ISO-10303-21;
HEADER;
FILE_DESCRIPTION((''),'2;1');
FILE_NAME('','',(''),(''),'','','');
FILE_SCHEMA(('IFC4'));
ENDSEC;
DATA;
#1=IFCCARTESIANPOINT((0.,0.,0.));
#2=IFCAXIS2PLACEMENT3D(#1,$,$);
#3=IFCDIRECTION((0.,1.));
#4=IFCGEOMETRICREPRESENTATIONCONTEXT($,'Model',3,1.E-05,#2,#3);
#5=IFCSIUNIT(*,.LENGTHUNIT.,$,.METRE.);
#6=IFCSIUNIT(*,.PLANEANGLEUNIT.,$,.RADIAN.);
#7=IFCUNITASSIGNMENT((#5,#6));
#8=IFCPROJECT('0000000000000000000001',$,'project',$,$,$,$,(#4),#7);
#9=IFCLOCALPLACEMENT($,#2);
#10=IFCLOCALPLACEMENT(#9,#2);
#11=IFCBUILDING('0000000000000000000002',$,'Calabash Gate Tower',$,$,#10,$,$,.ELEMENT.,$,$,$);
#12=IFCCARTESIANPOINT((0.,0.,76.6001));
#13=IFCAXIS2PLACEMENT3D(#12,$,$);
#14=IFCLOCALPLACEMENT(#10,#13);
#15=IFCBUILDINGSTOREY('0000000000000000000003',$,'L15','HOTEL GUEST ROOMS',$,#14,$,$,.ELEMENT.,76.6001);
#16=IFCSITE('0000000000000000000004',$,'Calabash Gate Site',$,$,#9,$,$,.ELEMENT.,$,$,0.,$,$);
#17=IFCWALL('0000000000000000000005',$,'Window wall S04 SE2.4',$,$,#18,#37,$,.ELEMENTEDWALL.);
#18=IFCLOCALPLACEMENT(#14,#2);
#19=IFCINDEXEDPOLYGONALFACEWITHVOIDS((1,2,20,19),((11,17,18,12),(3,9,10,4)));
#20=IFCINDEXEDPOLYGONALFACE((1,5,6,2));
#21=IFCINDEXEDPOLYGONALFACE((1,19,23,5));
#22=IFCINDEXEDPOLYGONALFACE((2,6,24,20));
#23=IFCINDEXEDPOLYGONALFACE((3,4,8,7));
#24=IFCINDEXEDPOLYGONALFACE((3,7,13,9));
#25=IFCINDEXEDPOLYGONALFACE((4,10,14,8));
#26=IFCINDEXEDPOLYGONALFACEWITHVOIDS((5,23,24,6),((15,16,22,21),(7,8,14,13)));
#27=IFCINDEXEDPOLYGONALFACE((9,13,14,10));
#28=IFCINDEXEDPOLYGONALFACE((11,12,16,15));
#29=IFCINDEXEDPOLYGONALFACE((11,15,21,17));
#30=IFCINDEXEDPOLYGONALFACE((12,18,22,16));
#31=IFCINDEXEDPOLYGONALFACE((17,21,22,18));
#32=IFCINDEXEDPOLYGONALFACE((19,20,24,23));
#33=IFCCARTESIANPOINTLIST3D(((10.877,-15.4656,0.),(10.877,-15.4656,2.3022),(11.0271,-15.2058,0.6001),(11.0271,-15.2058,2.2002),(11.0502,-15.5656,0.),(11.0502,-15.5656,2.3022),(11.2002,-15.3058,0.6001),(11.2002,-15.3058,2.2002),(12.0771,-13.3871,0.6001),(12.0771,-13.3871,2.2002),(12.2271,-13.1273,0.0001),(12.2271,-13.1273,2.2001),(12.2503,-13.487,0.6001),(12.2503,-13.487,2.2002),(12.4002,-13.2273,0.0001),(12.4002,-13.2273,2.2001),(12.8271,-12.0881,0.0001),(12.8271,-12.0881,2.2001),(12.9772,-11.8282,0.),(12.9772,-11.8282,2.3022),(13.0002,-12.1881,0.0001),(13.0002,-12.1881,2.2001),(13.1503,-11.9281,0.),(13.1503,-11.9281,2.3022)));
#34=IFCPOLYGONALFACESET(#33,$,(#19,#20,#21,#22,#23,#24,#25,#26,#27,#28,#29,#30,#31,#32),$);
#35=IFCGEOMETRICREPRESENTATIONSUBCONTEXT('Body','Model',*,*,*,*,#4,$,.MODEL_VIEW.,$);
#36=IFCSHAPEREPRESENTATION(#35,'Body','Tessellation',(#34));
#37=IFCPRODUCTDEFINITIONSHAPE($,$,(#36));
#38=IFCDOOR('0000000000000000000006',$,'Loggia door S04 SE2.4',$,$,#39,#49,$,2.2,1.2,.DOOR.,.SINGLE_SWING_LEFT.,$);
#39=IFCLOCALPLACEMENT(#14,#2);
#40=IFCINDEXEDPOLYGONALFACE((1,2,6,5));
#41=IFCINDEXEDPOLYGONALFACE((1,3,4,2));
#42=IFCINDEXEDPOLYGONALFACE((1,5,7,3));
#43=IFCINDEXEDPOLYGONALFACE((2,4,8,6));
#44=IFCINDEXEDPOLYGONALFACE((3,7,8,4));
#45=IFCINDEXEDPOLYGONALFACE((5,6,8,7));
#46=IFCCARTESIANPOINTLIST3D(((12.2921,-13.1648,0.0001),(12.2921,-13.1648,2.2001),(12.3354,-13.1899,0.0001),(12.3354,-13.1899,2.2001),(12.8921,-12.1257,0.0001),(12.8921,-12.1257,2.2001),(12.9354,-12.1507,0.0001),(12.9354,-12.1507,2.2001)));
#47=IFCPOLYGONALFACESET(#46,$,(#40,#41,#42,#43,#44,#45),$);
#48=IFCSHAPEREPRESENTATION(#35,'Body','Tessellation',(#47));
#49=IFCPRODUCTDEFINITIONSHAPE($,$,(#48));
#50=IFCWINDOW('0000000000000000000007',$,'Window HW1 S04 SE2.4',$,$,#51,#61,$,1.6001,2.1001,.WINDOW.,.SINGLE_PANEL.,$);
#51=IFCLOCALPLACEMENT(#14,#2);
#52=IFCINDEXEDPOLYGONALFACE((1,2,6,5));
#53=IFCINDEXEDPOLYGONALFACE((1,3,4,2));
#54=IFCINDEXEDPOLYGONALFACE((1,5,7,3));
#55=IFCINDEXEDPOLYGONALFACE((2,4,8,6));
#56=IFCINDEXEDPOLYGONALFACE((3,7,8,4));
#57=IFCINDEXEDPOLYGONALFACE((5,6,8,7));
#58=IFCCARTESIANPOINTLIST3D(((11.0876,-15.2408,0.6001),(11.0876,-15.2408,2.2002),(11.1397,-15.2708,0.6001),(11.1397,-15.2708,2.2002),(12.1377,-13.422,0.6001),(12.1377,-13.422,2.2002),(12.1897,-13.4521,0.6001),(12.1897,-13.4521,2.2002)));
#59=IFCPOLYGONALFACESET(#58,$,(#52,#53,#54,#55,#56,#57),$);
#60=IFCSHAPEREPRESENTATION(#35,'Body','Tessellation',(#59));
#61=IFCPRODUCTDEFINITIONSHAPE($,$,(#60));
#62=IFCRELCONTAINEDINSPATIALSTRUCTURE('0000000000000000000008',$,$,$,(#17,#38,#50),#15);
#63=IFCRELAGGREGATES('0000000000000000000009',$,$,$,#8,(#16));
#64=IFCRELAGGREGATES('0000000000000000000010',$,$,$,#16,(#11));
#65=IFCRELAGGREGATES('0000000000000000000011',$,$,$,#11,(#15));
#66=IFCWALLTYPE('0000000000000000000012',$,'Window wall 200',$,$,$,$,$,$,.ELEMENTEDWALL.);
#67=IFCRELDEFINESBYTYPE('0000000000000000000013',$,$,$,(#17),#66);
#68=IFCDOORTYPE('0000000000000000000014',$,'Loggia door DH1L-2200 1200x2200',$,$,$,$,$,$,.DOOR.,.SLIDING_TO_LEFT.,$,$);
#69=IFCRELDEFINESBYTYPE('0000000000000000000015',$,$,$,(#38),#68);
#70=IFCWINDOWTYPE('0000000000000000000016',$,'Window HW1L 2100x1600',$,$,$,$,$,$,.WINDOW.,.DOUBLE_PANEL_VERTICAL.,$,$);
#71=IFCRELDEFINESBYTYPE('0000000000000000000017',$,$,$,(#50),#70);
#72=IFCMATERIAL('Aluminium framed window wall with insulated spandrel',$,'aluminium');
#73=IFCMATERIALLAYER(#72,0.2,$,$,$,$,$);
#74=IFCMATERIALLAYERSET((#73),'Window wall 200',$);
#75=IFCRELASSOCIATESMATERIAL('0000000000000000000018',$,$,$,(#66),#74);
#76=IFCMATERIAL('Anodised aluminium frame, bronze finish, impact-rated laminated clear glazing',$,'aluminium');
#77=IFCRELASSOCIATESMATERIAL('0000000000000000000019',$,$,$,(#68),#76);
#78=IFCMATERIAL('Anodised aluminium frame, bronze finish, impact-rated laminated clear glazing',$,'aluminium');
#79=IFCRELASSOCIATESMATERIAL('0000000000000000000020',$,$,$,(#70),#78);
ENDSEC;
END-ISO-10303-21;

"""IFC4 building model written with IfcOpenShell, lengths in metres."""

from ifc_helpers import new_model, si_unit, direction, frame, frame_2d, origin, place, context, subcontext, project, spatial, rectangle, extrude, material, layer, layer_set, type_object, element, fill, save


model = new_model("IFC4")

# Units and contexts
model_context = context("Model", 3, precision=1e-05, world=origin(), true_north=direction((0.0, 1.0)))
body_context = subcontext(model_context, "Body", "Model", "MODEL_VIEW")
ifc_project = project(units=[si_unit("LENGTHUNIT", "METRE"), si_unit("PLANEANGLEUNIT", "RADIAN")], contexts=[model_context])

# Site, building, storey
site_placement = place(None, origin())
site = spatial("IfcSite", under=ifc_project, at=site_placement, Name="Calabash Gate Site", CompositionType="ELEMENT", RefElevation=0.0)
building_placement = place(site_placement, origin())
building = spatial("IfcBuilding", under=site, at=building_placement, Name="Calabash Gate Tower", CompositionType="ELEMENT")
storey_placement = place(building_placement, frame((0.0, 0.0, 76.6001)))
storey = spatial("IfcBuildingStorey", under=building, at=storey_placement, Name="L15", Description="HOTEL GUEST ROOMS", CompositionType="ELEMENT", Elevation=76.6001)

# Wall, openings, door, window
ifc_material_1 = material(Name="Aluminium framed window wall with insulated spandrel", Category="aluminium")
ifc_layer_1 = layer(ifc_material_1, 0.2)
ifc_layer_set_1 = layer_set([ifc_layer_1], Name="Window wall 200")
wall_type_1 = type_object("IfcWallType", Name="Window wall 200", PredefinedType="ELEMENTEDWALL", material=ifc_layer_set_1)
wall_1_placement = place(storey_placement, frame((10.9636, -15.5156, 0.0), z_axis=(0.0, 0.0, 1.0), x_axis=(0.500003, 0.866024, 0.0)))
wall_1 = element("IfcWall", 1, at=wall_1_placement, inside=storey, type_object=wall_type_1, Name="Window wall S04 SE2.4", PredefinedType="ELEMENTEDWALL", context=body_context, shape_type="SweptSolid", body=[
    extrude(rectangle(XDim=4.2002, YDim=0.2, at=frame_2d((2.1001, 0.0))), origin(), (0.0, 0.0, 1.0), 2.3022),
])
opening_1_placement = place(wall_1_placement, frame((0.3, 0.0, 0.6001)))
opening_1 = element("IfcOpeningElement", 2, at=opening_1_placement, cuts=wall_1, PredefinedType="OPENING", context=body_context, shape_type="SweptSolid", body=[
    extrude(rectangle(XDim=2.1001, YDim=1.6001, at=frame_2d((1.05, 0.8))), frame((0.0, 0.1099, 0.0), z_axis=(0.0, -1.0, 0.0), x_axis=(1.0, 0.0, 0.0)), (0.0, 0.0, 1.0), 0.22),
])
opening_2_placement = place(wall_1_placement, frame((2.7, 0.0, 0.0)))
opening_2 = element("IfcOpeningElement", 3, at=opening_2_placement, cuts=wall_1, PredefinedType="OPENING", context=body_context, shape_type="SweptSolid", body=[
    extrude(rectangle(XDim=1.2, YDim=2.2, at=frame_2d((0.6001, 1.1001))), frame((0.0, 0.1099, 0.0), z_axis=(0.0, -1.0, 0.0), x_axis=(1.0, 0.0, 0.0)), (0.0, 0.0, 1.0), 0.22),
])
ifc_material_2 = material(Name="Anodised aluminium frame, bronze finish, impact-rated laminated clear glazing", Category="aluminium")
door_type_1 = type_object("IfcDoorType", Name="Loggia door DH1L-2200 1200x2200", OperationType="SLIDING_TO_LEFT", PredefinedType="DOOR", material=ifc_material_2)
door_1_placement = place(opening_2_placement, origin())
door_1 = element("IfcDoor", 4, at=door_1_placement, inside=storey, type_object=door_type_1, Name="Loggia door S04 SE2.4", OperationType="SINGLE_SWING_LEFT", OverallHeight=2.2, OverallWidth=1.2, PredefinedType="DOOR", context=body_context, shape_type="SweptSolid", body=[
    extrude(rectangle(XDim=1.2, YDim=2.2, at=frame_2d((0.6001, 1.1001))), frame((0.0, 0.0249, 0.0), z_axis=(0.0, -1.0, 0.0), x_axis=(1.0, 0.0, 0.0)), (0.0, 0.0, 1.0), 0.05),
])
fill(opening_2, door_1)
ifc_material_3 = material(Name="Anodised aluminium frame, bronze finish, impact-rated laminated clear glazing", Category="aluminium")
window_type_1 = type_object("IfcWindowType", Name="Window HW1L 2100x1600", PartitioningType="DOUBLE_PANEL_VERTICAL", PredefinedType="WINDOW", material=ifc_material_3)
window_1_placement = place(opening_1_placement, origin())
window_1 = element("IfcWindow", 5, at=window_1_placement, inside=storey, type_object=window_type_1, Name="Window HW1 S04 SE2.4", OverallHeight=1.6001, OverallWidth=2.1001, PartitioningType="SINGLE_PANEL", PredefinedType="WINDOW", context=body_context, shape_type="SweptSolid", body=[
    extrude(rectangle(XDim=2.1001, YDim=1.6001, at=frame_2d((1.05, 0.8))), frame((0.0, 0.03, 0.0), z_axis=(0.0, -1.0, 0.0), x_axis=(1.0, 0.0, 0.0)), (0.0, 0.0, 1.0), 0.0601),
])
fill(opening_1, window_1)

save(model, "model.ifc")
